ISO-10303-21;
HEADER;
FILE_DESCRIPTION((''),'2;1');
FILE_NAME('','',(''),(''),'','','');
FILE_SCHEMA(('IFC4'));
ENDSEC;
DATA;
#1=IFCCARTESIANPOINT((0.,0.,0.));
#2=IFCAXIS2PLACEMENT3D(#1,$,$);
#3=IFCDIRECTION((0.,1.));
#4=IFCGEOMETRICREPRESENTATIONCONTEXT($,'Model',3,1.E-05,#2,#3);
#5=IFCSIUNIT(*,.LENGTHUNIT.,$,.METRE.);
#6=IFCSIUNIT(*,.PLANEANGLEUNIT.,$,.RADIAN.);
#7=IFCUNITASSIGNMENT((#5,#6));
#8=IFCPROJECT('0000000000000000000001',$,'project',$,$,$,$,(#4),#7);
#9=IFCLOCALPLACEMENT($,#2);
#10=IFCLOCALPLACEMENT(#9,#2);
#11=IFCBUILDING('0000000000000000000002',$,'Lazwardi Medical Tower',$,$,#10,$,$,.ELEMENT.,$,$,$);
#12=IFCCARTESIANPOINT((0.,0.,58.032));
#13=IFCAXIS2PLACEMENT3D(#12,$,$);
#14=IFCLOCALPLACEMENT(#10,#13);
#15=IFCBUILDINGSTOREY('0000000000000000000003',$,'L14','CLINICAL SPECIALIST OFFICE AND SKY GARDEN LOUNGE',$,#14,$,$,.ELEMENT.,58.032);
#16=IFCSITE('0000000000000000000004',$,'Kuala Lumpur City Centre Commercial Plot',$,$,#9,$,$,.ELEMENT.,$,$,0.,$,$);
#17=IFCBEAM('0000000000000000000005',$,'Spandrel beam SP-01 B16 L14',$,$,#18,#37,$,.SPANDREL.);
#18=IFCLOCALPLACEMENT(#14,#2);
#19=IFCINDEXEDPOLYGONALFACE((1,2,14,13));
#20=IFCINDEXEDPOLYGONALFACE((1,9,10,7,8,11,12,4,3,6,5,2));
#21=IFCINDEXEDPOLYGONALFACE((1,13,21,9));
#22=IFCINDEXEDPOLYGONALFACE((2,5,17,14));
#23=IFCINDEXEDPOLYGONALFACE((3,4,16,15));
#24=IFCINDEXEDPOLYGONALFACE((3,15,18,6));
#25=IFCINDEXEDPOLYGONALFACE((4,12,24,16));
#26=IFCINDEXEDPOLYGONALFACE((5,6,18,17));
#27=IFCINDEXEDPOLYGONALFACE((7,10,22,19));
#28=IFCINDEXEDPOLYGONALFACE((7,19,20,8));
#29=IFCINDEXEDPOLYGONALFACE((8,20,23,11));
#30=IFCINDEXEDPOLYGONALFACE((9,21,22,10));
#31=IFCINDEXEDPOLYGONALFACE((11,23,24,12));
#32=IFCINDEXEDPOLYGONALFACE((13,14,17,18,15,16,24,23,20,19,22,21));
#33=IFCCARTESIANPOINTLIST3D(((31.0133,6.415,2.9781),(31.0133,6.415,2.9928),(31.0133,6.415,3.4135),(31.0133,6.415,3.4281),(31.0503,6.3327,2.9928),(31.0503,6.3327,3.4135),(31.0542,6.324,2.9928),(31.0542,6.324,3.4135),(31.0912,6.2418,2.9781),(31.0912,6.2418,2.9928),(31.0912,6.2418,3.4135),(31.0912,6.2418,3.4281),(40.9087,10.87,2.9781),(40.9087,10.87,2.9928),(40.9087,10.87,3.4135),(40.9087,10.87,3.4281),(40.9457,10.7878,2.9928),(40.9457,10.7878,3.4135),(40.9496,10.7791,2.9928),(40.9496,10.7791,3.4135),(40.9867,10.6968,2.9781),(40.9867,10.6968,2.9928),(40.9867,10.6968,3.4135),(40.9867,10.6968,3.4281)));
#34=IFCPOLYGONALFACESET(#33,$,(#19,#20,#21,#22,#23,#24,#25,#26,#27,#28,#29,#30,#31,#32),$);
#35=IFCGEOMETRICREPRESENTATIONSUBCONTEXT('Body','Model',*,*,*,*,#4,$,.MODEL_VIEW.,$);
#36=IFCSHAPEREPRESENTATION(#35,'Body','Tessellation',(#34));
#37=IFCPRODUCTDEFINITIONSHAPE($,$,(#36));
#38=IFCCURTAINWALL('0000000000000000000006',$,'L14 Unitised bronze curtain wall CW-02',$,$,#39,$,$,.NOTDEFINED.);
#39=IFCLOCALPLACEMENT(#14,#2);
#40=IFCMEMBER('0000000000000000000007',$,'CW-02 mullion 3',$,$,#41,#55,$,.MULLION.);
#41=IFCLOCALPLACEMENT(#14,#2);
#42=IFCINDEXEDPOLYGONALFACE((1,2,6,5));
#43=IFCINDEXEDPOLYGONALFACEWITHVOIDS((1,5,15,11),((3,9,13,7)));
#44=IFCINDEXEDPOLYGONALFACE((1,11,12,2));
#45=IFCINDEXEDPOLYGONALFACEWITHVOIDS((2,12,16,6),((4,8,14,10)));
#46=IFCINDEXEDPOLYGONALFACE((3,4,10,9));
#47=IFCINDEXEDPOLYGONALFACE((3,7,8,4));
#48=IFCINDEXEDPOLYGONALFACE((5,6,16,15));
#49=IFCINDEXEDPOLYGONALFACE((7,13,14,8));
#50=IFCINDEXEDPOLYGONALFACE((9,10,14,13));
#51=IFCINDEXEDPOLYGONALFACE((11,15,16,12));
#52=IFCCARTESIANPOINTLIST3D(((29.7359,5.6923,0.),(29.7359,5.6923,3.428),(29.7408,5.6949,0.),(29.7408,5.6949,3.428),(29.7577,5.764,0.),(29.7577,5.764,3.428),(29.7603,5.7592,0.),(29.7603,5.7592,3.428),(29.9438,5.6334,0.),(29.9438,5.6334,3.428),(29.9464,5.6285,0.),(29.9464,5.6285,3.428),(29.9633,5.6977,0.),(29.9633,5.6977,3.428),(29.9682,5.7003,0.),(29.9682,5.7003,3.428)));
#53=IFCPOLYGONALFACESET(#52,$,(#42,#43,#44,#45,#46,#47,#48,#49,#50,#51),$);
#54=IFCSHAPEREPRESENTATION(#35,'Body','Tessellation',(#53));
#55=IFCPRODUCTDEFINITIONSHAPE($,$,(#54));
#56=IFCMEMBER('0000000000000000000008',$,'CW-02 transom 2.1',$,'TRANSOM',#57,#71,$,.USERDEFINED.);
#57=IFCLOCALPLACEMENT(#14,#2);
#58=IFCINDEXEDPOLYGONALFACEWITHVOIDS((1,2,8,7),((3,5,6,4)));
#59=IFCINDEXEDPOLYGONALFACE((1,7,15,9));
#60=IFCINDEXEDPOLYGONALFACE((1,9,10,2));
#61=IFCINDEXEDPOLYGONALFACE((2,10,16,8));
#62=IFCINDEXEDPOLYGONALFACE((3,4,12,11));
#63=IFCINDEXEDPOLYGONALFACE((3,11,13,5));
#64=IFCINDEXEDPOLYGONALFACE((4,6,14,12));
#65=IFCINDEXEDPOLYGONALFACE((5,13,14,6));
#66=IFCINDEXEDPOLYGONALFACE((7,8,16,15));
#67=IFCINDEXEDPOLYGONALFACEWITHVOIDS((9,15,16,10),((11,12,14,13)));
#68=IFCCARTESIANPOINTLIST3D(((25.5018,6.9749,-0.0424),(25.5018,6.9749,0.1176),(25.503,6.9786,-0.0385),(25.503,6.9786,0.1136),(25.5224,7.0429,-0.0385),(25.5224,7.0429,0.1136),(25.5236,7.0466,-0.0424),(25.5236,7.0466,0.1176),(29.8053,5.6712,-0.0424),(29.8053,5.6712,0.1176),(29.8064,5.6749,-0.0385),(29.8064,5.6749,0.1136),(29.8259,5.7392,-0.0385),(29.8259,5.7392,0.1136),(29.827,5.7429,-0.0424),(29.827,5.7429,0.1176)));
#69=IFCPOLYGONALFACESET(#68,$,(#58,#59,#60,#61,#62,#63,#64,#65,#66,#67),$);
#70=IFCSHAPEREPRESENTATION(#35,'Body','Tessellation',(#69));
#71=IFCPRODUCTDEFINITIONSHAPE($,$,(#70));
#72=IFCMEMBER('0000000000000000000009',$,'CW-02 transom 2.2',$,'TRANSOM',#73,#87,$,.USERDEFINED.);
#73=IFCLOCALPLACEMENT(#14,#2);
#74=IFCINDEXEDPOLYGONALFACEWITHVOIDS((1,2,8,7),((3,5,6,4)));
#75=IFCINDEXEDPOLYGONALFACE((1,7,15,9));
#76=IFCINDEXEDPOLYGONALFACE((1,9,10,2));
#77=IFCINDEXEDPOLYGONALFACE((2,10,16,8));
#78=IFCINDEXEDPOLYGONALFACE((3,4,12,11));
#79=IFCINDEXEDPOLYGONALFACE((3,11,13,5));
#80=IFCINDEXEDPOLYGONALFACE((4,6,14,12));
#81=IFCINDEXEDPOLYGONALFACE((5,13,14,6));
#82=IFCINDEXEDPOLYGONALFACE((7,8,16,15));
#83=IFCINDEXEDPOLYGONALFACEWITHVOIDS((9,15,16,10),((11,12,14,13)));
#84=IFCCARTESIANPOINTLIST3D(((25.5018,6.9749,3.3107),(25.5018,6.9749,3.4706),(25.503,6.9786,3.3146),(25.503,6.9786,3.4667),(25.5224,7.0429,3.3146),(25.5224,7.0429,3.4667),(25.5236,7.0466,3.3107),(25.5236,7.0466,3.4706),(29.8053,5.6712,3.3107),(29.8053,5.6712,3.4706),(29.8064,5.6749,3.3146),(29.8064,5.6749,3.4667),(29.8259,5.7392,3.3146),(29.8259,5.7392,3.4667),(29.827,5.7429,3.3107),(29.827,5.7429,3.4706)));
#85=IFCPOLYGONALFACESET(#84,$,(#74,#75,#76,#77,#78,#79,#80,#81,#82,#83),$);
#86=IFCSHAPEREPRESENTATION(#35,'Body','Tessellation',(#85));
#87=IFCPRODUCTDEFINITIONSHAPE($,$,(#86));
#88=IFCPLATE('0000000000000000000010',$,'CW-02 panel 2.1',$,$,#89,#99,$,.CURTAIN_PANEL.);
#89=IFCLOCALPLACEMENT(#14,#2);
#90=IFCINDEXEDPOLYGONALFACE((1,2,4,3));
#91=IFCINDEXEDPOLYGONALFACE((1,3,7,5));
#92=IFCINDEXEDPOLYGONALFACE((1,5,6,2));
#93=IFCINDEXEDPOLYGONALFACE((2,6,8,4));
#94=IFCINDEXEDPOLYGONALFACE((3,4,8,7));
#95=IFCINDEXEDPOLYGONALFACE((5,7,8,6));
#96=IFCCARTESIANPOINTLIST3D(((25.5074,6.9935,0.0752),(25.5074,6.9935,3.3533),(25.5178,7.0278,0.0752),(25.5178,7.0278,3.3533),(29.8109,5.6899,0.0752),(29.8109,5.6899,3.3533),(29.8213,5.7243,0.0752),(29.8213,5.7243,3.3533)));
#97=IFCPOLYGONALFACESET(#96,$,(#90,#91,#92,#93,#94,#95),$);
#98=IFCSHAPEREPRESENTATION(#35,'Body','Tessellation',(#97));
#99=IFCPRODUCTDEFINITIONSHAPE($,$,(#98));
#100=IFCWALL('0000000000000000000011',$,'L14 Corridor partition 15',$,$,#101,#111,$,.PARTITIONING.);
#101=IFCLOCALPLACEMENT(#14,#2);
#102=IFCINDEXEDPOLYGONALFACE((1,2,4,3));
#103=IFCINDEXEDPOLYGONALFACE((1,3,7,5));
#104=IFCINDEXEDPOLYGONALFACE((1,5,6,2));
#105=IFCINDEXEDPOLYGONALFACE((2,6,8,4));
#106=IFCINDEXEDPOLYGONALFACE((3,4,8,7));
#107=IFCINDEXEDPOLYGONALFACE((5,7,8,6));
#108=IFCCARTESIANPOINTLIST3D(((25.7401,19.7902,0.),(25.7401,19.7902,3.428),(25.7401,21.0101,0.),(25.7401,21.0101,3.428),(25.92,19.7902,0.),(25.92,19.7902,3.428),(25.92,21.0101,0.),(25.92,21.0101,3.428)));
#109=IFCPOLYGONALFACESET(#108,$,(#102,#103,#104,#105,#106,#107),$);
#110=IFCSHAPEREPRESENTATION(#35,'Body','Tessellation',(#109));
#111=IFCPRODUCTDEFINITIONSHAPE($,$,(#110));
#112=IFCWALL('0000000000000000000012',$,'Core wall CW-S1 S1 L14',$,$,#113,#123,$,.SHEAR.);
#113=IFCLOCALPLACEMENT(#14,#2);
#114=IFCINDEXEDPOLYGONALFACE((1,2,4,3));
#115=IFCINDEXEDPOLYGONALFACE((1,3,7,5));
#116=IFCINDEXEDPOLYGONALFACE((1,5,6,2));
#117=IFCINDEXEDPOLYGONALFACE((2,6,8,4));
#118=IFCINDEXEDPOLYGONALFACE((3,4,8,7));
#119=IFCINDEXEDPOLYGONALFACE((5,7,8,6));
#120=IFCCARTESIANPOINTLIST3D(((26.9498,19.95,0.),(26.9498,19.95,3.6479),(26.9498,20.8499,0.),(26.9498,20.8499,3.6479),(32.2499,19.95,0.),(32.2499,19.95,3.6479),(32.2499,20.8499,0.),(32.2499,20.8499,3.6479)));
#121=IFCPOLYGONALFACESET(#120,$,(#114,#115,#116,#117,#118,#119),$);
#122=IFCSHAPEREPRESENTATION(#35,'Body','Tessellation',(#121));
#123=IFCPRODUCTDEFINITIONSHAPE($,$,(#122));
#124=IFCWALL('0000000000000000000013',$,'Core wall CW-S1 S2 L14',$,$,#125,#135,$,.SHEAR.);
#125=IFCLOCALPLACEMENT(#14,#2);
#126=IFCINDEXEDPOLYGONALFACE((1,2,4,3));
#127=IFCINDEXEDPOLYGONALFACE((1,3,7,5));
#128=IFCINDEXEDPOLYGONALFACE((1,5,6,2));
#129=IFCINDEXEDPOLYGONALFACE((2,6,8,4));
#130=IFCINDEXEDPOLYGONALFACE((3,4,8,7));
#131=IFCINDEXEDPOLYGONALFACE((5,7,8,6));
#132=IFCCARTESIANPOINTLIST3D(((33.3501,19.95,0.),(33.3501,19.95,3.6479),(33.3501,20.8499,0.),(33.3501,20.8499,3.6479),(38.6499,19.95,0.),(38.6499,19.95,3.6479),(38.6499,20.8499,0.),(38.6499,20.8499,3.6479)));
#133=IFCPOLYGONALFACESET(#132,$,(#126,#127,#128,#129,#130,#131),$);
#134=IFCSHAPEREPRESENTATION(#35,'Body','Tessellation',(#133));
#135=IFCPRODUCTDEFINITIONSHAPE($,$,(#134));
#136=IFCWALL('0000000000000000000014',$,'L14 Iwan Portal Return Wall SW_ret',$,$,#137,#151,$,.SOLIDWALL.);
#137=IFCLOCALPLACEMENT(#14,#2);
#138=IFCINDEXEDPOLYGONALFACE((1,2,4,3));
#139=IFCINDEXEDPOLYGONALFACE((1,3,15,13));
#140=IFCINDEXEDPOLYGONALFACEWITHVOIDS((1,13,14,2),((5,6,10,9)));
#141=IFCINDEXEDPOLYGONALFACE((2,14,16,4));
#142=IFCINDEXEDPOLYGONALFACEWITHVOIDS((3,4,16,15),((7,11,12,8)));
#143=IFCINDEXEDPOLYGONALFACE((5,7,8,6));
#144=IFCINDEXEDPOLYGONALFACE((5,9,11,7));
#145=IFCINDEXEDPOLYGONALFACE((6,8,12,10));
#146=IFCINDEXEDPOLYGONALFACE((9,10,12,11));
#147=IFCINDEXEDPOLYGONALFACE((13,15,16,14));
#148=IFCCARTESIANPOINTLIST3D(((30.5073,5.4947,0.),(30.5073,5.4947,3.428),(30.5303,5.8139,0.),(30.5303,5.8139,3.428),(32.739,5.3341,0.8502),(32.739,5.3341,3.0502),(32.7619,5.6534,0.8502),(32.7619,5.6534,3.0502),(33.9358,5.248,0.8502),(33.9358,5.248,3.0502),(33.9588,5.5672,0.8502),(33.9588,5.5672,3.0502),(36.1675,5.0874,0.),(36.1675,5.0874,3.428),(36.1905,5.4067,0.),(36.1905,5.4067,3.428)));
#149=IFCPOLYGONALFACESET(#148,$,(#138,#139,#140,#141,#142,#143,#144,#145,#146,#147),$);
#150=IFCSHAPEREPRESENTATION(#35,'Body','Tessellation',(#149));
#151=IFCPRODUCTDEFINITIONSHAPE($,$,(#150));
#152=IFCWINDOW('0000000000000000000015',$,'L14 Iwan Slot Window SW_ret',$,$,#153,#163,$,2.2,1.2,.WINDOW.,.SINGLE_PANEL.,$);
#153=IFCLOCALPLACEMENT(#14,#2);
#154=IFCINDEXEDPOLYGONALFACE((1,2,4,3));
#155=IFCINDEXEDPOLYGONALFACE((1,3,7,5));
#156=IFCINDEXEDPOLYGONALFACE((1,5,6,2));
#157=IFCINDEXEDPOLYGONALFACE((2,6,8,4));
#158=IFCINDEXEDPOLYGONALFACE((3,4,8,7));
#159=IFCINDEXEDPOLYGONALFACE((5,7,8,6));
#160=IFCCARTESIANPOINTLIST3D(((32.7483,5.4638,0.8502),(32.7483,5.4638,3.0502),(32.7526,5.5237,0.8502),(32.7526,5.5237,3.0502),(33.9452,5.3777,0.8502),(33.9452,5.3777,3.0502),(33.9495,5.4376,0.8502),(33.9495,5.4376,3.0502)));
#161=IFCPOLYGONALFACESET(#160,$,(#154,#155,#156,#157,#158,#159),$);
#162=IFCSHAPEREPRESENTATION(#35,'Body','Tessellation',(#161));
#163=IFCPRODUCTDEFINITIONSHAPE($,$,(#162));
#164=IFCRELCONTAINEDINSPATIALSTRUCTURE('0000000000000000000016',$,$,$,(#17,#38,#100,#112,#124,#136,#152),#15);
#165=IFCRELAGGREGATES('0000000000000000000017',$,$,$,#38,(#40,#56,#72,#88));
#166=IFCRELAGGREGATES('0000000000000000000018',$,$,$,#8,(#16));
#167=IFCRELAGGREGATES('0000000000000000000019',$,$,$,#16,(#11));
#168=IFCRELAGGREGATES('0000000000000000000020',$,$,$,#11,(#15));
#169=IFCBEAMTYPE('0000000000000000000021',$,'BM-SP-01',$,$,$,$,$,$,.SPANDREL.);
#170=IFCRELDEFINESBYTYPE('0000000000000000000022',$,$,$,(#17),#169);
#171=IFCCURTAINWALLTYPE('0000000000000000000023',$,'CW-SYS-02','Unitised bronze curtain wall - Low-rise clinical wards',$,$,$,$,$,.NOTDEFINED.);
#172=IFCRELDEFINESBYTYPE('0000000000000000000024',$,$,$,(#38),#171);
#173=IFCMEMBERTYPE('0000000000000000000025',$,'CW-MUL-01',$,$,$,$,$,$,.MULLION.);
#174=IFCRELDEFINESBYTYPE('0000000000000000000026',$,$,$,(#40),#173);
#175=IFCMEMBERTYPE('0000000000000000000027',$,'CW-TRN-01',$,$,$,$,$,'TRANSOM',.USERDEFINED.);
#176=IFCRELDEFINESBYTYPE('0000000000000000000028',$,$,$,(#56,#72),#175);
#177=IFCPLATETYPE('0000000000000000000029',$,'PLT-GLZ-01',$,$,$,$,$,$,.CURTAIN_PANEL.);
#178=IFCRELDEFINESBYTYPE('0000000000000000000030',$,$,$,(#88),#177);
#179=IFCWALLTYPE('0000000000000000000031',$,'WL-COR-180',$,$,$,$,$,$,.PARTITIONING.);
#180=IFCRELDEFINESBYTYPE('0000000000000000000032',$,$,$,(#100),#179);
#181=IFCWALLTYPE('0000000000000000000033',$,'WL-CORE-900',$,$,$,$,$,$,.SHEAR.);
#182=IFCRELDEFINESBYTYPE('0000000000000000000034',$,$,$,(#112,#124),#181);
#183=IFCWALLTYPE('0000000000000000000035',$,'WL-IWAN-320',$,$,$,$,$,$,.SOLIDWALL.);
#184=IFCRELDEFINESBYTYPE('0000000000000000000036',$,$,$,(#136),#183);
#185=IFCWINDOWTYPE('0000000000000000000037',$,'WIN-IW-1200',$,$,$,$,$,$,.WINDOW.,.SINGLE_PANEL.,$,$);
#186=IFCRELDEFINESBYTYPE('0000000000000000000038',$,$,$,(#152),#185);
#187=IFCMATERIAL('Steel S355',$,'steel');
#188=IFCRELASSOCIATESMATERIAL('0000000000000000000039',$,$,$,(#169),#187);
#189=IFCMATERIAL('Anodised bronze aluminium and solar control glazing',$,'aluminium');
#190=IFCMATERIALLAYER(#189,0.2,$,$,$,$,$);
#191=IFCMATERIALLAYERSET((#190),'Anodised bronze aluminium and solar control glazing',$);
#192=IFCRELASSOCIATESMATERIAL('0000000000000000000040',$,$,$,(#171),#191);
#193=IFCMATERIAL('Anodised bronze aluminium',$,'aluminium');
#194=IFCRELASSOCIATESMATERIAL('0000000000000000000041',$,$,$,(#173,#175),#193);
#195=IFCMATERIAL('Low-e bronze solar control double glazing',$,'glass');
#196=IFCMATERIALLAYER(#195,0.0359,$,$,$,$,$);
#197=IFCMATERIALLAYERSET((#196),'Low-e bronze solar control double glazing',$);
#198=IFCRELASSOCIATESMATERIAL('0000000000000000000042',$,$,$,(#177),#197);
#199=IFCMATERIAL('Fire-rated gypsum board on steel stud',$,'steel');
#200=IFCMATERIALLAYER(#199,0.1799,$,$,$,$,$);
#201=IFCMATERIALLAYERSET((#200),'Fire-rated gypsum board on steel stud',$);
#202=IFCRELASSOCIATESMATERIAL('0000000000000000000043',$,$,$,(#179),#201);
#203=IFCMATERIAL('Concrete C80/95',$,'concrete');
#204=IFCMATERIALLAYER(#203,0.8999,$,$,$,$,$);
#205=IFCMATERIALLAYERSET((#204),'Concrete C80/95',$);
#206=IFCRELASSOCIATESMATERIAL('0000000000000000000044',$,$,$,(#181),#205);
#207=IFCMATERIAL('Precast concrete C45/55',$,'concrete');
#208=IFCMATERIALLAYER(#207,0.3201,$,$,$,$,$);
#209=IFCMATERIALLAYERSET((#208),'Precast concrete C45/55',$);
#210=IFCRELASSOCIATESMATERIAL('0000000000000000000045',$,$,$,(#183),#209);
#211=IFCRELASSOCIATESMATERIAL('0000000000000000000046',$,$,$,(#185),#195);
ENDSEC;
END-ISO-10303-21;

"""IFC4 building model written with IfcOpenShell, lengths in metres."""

from ifc_helpers import new_model, si_unit, direction, frame, frame_2d, origin, origin_2d, place, context, subcontext, project, spatial, rectangle, hollow_rectangle, i_section, extrude, material, layer, layer_set, material_profile, profile_set, type_object, element, fill, aggregate, save


model = new_model("IFC4")

# Units and contexts
model_context = context("Model", 3, precision=1e-05, world=origin(), true_north=direction((0.0, 1.0)))
body_context = subcontext(model_context, "Body", "Model", "MODEL_VIEW")
ifc_project = project(units=[si_unit("LENGTHUNIT", "METRE"), si_unit("PLANEANGLEUNIT", "RADIAN")], contexts=[model_context])

# Site, building, storey
site_placement = place(None, origin())
site = spatial("IfcSite", under=ifc_project, at=site_placement, Name="Kuala Lumpur City Centre Commercial Plot", CompositionType="ELEMENT", RefElevation=0.0)
building_placement = place(site_placement, origin())
building = spatial("IfcBuilding", under=site, at=building_placement, Name="Lazwardi Medical Tower", CompositionType="ELEMENT")
storey_placement = place(building_placement, frame((0.0, 0.0, 58.032)))
storey = spatial("IfcBuildingStorey", under=building, at=storey_placement, Name="L14", Description="CLINICAL SPECIALIST OFFICE AND SKY GARDEN LOUNGE", CompositionType="ELEMENT", Elevation=58.032)

# Shared definitions
ifc_material_1 = material(Name="Concrete C80/95", Category="concrete")

# Beam
ifc_material_2 = material(Name="Steel S355", Category="steel")
ifc_material_profile_1 = material_profile(ifc_material_2, i_section(OverallWidth=0.1899, OverallDepth=0.45, WebThickness=0.0095, FlangeThickness=0.0146, at=origin_2d()), Name="IPE 450")
ifc_profile_set_1 = profile_set([ifc_material_profile_1], Name="Steel S355")
beam_type_1 = type_object("IfcBeamType", Name="BM-SP-01", PredefinedType="SPANDREL", material=ifc_profile_set_1)
beam_1_placement = place(storey_placement, frame((31.0522, 6.3284, 3.2031), z_axis=(0.911849, 0.410526, 0.0), x_axis=(-0.410526, 0.911849, 0.0)))
element("IfcBeam", 1, at=beam_1_placement, inside=storey, type_object=beam_type_1, Name="Spandrel beam SP-01 B16 L14", PredefinedType="SPANDREL", context=body_context, shape_type="SweptSolid", body=[
    extrude(i_section(OverallWidth=0.1899, OverallDepth=0.45, WebThickness=0.0095, FlangeThickness=0.0146, at=origin_2d()), origin(), (0.0, 0.0, 1.0), 10.8521),
])

# Curtain wall, members, plate
ifc_material_3 = material(Name="Anodised bronze aluminium and solar control glazing", Category="aluminium")
ifc_layer_1 = layer(ifc_material_3, 0.2)
ifc_layer_set_1 = layer_set([ifc_layer_1], Name="Anodised bronze aluminium and solar control glazing")
curtain_wall_type = type_object("IfcCurtainWallType", Name="CW-SYS-02", Description="Unitised bronze curtain wall - Low-rise clinical wards", PredefinedType="NOTDEFINED", material=ifc_layer_set_1)
curtain_wall_placement = place(storey_placement, origin())
curtain_wall = element("IfcCurtainWall", 2, at=curtain_wall_placement, inside=storey, type_object=curtain_wall_type, Name="L14 Unitised bronze curtain wall CW-02", PredefinedType="NOTDEFINED")
ifc_material_4 = material(Name="Anodised bronze aluminium", Category="aluminium")
ifc_material_profile_2 = material_profile(ifc_material_4, hollow_rectangle(XDim=0.075, YDim=0.22, WallThickness=0.0039, at=origin_2d()), Name="ALU-MULLION 220x75x4")
ifc_profile_set_2 = profile_set([ifc_material_profile_2], Name="Anodised bronze aluminium")
member_type_1 = type_object("IfcMemberType", Name="CW-MUL-01", PredefinedType="MULLION", material=ifc_profile_set_2)
member_1_placement = place(storey_placement, frame((29.8521, 5.6963, 0.0), z_axis=(0.0, 0.0, 1.0), x_axis=(0.289896, 0.957058, 0.0)))
member_1 = element("IfcMember", 3, at=member_1_placement, type_object=member_type_1, Name="CW-02 mullion 3", PredefinedType="MULLION", context=body_context, shape_type="SweptSolid", body=[
    extrude(hollow_rectangle(XDim=0.075, YDim=0.22, WallThickness=0.0039, at=origin_2d()), origin(), (0.0, 0.0, 1.0), 3.428),
])
ifc_material_profile_3 = material_profile(ifc_material_4, hollow_rectangle(XDim=0.075, YDim=0.1599, WallThickness=0.0039, at=origin_2d()), Name="ALU-TRANSOM 160x75x4")
ifc_profile_set_3 = profile_set([ifc_material_profile_3], Name="Anodised bronze aluminium")
member_type_2 = type_object("IfcMemberType", Name="CW-TRN-01", ElementType="TRANSOM", PredefinedType="USERDEFINED", material=ifc_profile_set_3)
member_2_placement = place(storey_placement, frame((25.5127, 7.0107, 0.0376), z_axis=(0.957047, -0.289932, 0.0), x_axis=(0.289932, 0.957047, 0.0)))
member_2 = element("IfcMember", 4, at=member_2_placement, type_object=member_type_2, Name="CW-02 transom 2.1", ObjectType="TRANSOM", PredefinedType="USERDEFINED", context=body_context, shape_type="SweptSolid", body=[
    extrude(hollow_rectangle(XDim=0.075, YDim=0.1599, WallThickness=0.0039, at=origin_2d()), origin(), (0.0, 0.0, 1.0), 4.4966),
])
member_3_placement = place(storey_placement, frame((25.5127, 7.0107, 3.3906), z_axis=(0.957047, -0.289932, 0.0), x_axis=(0.289932, 0.957047, 0.0)))
member_3 = element("IfcMember", 5, at=member_3_placement, type_object=member_type_2, Name="CW-02 transom 2.2", ObjectType="TRANSOM", PredefinedType="USERDEFINED", context=body_context, shape_type="SweptSolid", body=[
    extrude(hollow_rectangle(XDim=0.075, YDim=0.1599, WallThickness=0.0039, at=origin_2d()), origin(), (0.0, 0.0, 1.0), 4.4966),
])
ifc_material_5 = material(Name="Low-e bronze solar control double glazing", Category="glass")
ifc_layer_2 = layer(ifc_material_5, 0.0359)
ifc_layer_set_2 = layer_set([ifc_layer_2], Name="Low-e bronze solar control double glazing")
plate_type = type_object("IfcPlateType", Name="PLT-GLZ-01", PredefinedType="CURTAIN_PANEL", material=ifc_layer_set_2)
plate_placement = place(storey_placement, frame((27.6643, 6.3589, 0.0752), z_axis=(0.0, 0.0, 1.0), x_axis=(0.957058, -0.289896, 0.0)))
plate = element("IfcPlate", 6, at=plate_placement, type_object=plate_type, Name="CW-02 panel 2.1", PredefinedType="CURTAIN_PANEL", context=body_context, shape_type="SweptSolid", body=[
    extrude(rectangle(XDim=4.4966, YDim=0.0359, at=origin_2d()), origin(), (0.0, 0.0, 1.0), 3.2781),
])
aggregate(curtain_wall, [member_1, member_2, member_3, plate])

# Wall
ifc_material_6 = material(Name="Fire-rated gypsum board on steel stud", Category="steel")
ifc_layer_3 = layer(ifc_material_6, 0.1799)
ifc_layer_set_3 = layer_set([ifc_layer_3], Name="Fire-rated gypsum board on steel stud")
wall_type_1 = type_object("IfcWallType", Name="WL-COR-180", PredefinedType="PARTITIONING", material=ifc_layer_set_3)
wall_1_placement = place(storey_placement, frame((25.8301, 21.01, 0.0), z_axis=(0.0, 0.0, 1.0), x_axis=(0.0, -1.0, 0.0)))
element("IfcWall", 7, at=wall_1_placement, inside=storey, type_object=wall_type_1, Name="L14 Corridor partition 15", PredefinedType="PARTITIONING", context=body_context, shape_type="SweptSolid", body=[
    extrude(rectangle(XDim=1.22, YDim=0.1799, at=frame_2d((0.6099, 0.0))), origin(), (0.0, 0.0, 1.0), 3.428),
])

# Shared definitions
ifc_layer_4 = layer(ifc_material_1, 0.8999)
ifc_layer_set_4 = layer_set([ifc_layer_4], Name="Concrete C80/95")
wall_type_2 = type_object("IfcWallType", Name="WL-CORE-900", PredefinedType="SHEAR", material=ifc_layer_set_4)

# Walls
wall_2_placement = place(storey_placement, frame((26.95, 20.3999, 0.0), z_axis=(0.0, 0.0, 1.0), x_axis=(1.0, 0.0, 0.0)))
element("IfcWall", 8, at=wall_2_placement, inside=storey, type_object=wall_type_2, Name="Core wall CW-S1 S1 L14", PredefinedType="SHEAR", context=body_context, shape_type="SweptSolid", body=[
    extrude(rectangle(XDim=5.3, YDim=0.8999, at=frame_2d((2.6499, 0.0))), origin(), (0.0, 0.0, 1.0), 3.6479),
])
wall_3_placement = place(storey_placement, frame((33.3501, 20.3999, 0.0), z_axis=(0.0, 0.0, 1.0), x_axis=(1.0, 0.0, 0.0)))
element("IfcWall", 9, at=wall_3_placement, inside=storey, type_object=wall_type_2, Name="Core wall CW-S1 S2 L14", PredefinedType="SHEAR", context=body_context, shape_type="SweptSolid", body=[
    extrude(rectangle(XDim=5.2998, YDim=0.8999, at=frame_2d((2.6499, 0.0))), origin(), (0.0, 0.0, 1.0), 3.6479),
])

# Wall, opening, window
ifc_material_7 = material(Name="Precast concrete C45/55", Category="concrete")
ifc_layer_5 = layer(ifc_material_7, 0.3201)
ifc_layer_set_5 = layer_set([ifc_layer_5], Name="Precast concrete C45/55")
wall_type_3 = type_object("IfcWallType", Name="WL-IWAN-320", PredefinedType="SOLIDWALL", material=ifc_layer_set_5)
wall_4_placement = place(storey_placement, frame((30.5188, 5.6543, 0.0), z_axis=(0.0, 0.0, 1.0), x_axis=(0.997422, -0.071761, 0.0)))
wall_4 = element("IfcWall", 10, at=wall_4_placement, inside=storey, type_object=wall_type_3, Name="L14 Iwan Portal Return Wall SW_ret", PredefinedType="SOLIDWALL", context=body_context, shape_type="SweptSolid", body=[
    extrude(rectangle(XDim=5.6748, YDim=0.3201, at=frame_2d((2.8374, 0.0))), origin(), (0.0, 0.0, 1.0), 3.428),
])
opening_1_placement = place(wall_4_placement, frame((2.2373, 0.0, 0.8501)))
opening_1 = element("IfcOpeningElement", 11, at=opening_1_placement, cuts=wall_4, PredefinedType="OPENING", context=body_context, shape_type="SweptSolid", body=[
    extrude(rectangle(XDim=1.2, YDim=2.2, at=frame_2d((0.6001, 1.1001))), frame((0.0, 0.1699, 0.0), z_axis=(0.0, -1.0, 0.0), x_axis=(1.0, 0.0, 0.0)), (0.0, 0.0, 1.0), 0.3401),
])
window_type = type_object("IfcWindowType", Name="WIN-IW-1200", PartitioningType="SINGLE_PANEL", PredefinedType="WINDOW", material=ifc_material_5)
window_placement = place(opening_1_placement, origin())
window = element("IfcWindow", 12, at=window_placement, inside=storey, type_object=window_type, Name="L14 Iwan Slot Window SW_ret", OverallHeight=2.2, OverallWidth=1.2, PartitioningType="SINGLE_PANEL", PredefinedType="WINDOW", context=body_context, shape_type="SweptSolid", body=[
    extrude(rectangle(XDim=1.2, YDim=2.2, at=frame_2d((0.6001, 1.1001))), frame((0.0, 0.03, 0.0), z_axis=(0.0, -1.0, 0.0), x_axis=(1.0, 0.0, 0.0)), (0.0, 0.0, 1.0), 0.0601),
])
fill(opening_1, window)

save(model, "model.ifc")
